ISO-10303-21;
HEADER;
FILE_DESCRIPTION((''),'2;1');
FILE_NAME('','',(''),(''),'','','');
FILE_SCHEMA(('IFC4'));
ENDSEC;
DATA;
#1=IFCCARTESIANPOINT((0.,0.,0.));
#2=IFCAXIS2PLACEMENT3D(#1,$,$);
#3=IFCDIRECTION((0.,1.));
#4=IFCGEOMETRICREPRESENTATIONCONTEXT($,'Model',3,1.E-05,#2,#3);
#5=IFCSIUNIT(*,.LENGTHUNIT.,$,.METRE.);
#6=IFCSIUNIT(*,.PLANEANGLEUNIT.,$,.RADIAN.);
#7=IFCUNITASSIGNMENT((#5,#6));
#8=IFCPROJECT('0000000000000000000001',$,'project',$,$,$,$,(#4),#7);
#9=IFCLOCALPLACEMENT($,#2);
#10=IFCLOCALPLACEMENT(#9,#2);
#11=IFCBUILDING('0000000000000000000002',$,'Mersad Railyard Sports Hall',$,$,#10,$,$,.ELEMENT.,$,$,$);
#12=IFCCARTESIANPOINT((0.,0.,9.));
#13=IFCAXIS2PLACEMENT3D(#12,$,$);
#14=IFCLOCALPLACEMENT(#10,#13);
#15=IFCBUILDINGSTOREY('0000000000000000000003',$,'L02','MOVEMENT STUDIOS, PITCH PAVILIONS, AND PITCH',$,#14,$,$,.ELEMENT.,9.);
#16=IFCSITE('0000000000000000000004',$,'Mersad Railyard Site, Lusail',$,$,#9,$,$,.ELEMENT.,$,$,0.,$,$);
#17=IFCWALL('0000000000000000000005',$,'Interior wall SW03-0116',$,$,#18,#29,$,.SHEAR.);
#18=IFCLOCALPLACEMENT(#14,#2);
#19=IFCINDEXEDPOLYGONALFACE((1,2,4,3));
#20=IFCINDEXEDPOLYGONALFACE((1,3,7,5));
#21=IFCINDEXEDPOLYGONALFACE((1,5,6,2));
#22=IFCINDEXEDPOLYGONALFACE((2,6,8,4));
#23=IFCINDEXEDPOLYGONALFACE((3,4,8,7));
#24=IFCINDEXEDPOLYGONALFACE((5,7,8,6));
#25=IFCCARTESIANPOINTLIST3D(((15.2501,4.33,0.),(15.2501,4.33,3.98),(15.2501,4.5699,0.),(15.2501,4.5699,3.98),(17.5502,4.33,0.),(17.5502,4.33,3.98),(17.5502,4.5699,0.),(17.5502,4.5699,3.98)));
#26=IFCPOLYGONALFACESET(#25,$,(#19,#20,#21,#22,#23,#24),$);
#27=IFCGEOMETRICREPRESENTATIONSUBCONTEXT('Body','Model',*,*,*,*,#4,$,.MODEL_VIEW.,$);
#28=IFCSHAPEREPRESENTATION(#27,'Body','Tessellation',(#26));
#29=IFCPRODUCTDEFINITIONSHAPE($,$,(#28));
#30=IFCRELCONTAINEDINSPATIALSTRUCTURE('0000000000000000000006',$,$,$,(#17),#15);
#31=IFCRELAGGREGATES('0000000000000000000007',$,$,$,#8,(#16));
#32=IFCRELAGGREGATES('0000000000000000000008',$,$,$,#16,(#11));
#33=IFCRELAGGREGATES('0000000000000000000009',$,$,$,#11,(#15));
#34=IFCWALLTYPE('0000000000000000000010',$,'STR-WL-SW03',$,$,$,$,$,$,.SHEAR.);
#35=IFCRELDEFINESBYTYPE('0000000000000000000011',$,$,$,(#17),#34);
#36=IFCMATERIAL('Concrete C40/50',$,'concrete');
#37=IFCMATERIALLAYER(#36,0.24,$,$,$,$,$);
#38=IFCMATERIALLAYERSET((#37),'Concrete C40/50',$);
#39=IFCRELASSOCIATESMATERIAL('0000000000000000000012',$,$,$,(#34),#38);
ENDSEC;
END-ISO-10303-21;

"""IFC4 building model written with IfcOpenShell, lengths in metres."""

from ifc_helpers import new_model, si_unit, direction, frame, frame_2d, origin, place, context, subcontext, project, spatial, rectangle, extrude, material, layer, layer_set, type_object, element, save


model = new_model("IFC4")

# Units and contexts
model_context = context("Model", 3, precision=1e-05, world=origin(), true_north=direction((0.0, 1.0)))
body_context = subcontext(model_context, "Body", "Model", "MODEL_VIEW")
ifc_project = project(units=[si_unit("LENGTHUNIT", "METRE"), si_unit("PLANEANGLEUNIT", "RADIAN")], contexts=[model_context])

# Site, building, storey
site_placement = place(None, origin())
site = spatial("IfcSite", under=ifc_project, at=site_placement, Name="Mersad Railyard Site, Lusail", CompositionType="ELEMENT", RefElevation=0.0)
building_placement = place(site_placement, origin())
building = spatial("IfcBuilding", under=site, at=building_placement, Name="Mersad Railyard Sports Hall", CompositionType="ELEMENT")
storey_placement = place(building_placement, frame((0.0, 0.0, 9.0)))
storey = spatial("IfcBuildingStorey", under=building, at=storey_placement, Name="L02", Description="MOVEMENT STUDIOS, PITCH PAVILIONS, AND PITCH", CompositionType="ELEMENT", Elevation=9.0)

# Shared definitions
ifc_material_1 = material(Name="Concrete C40/50", Category="concrete")

# Wall
ifc_layer_1 = layer(ifc_material_1, 0.24)
ifc_layer_set_1 = layer_set([ifc_layer_1], Name="Concrete C40/50")
wall_type_1 = type_object("IfcWallType", Name="STR-WL-SW03", PredefinedType="SHEAR", material=ifc_layer_set_1)
wall_1_placement = place(storey_placement, frame((17.55, 4.45, 0.0), z_axis=(0.0, 0.0, 1.0), x_axis=(-1.0, 0.0, 0.0)))
element("IfcWall", 1, at=wall_1_placement, inside=storey, type_object=wall_type_1, Name="Interior wall SW03-0116", PredefinedType="SHEAR", context=body_context, shape_type="SweptSolid", body=[
    extrude(rectangle(XDim=2.3, YDim=0.24, at=frame_2d((1.1499, 0.0))), origin(), (0.0, 0.0, 1.0), 3.98),
])

save(model, "model.ifc")
